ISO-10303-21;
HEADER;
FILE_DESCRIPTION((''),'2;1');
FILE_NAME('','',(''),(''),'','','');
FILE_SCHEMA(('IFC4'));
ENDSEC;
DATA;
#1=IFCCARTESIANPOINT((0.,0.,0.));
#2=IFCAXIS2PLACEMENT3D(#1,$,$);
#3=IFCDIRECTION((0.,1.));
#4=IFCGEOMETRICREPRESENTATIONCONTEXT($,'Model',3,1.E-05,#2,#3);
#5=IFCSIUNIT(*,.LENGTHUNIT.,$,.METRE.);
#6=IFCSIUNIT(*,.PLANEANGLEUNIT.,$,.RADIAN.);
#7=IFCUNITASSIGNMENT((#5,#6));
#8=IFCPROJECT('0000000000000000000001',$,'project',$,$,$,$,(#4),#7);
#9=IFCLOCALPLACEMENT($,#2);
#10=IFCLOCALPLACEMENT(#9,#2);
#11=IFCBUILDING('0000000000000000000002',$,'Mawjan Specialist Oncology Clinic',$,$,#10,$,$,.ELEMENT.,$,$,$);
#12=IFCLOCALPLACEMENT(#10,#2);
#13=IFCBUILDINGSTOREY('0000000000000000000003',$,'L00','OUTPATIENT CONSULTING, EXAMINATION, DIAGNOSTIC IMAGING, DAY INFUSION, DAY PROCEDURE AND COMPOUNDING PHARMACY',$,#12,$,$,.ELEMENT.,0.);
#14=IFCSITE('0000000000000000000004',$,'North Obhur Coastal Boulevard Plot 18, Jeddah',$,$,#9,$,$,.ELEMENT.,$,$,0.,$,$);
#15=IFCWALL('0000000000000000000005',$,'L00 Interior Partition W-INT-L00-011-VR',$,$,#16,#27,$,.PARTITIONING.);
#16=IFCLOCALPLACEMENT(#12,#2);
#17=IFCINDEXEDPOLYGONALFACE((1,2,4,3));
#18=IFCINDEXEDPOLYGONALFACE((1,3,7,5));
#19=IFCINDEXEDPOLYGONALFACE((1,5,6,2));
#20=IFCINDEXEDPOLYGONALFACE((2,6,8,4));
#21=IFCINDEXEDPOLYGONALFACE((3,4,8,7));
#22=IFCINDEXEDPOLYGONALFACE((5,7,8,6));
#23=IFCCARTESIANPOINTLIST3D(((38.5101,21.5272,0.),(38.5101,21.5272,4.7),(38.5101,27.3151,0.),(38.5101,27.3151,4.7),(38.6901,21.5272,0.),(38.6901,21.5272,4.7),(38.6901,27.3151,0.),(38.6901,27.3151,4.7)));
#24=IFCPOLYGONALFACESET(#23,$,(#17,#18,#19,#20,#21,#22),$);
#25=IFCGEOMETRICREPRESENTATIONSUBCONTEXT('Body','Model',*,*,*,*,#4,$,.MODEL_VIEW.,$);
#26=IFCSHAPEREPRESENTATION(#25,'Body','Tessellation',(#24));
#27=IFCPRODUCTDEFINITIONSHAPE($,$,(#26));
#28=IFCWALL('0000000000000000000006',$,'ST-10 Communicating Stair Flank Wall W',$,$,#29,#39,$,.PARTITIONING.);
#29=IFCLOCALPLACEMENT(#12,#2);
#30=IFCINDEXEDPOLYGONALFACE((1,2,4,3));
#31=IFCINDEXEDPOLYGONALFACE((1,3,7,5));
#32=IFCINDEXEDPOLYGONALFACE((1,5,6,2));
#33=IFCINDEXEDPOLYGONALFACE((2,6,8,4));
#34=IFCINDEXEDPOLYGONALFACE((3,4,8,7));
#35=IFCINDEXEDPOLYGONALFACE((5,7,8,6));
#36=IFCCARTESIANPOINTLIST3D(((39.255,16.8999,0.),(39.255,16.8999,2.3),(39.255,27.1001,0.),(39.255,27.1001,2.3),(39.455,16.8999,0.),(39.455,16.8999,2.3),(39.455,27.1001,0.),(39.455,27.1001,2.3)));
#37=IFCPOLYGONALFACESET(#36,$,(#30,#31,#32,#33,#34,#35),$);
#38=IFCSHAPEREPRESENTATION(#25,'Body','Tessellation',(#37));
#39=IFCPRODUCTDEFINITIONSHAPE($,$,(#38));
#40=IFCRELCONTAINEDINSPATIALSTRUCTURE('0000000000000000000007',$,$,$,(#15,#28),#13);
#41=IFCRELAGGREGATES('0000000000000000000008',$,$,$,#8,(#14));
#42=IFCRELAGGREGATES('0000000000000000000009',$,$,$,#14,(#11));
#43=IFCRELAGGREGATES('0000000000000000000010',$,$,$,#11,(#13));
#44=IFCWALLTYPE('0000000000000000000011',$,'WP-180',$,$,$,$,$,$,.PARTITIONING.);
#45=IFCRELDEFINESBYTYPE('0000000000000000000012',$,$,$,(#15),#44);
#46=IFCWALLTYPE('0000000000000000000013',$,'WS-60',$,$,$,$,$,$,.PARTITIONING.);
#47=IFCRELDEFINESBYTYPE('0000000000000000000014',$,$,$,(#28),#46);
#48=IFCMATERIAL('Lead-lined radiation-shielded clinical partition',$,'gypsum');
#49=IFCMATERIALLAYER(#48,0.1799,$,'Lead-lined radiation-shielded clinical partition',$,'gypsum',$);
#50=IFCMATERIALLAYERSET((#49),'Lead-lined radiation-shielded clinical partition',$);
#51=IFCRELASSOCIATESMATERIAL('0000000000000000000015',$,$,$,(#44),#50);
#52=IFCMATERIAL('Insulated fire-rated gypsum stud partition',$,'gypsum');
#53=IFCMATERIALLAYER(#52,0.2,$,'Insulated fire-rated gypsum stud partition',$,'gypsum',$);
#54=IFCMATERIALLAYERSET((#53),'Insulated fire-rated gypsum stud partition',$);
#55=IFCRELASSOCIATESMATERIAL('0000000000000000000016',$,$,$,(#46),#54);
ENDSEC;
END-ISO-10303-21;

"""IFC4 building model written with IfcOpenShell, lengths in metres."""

from ifc_helpers import new_model, si_unit, direction, frame, frame_2d, origin, place, context, subcontext, project, spatial, rectangle, extrude, material, layer, layer_set, type_object, element, save


model = new_model("IFC4")

# Units and contexts
model_context = context("Model", 3, precision=1e-05, world=origin(), true_north=direction((0.0, 1.0)))
body_context = subcontext(model_context, "Body", "Model", "MODEL_VIEW")
ifc_project = project(units=[si_unit("LENGTHUNIT", "METRE"), si_unit("PLANEANGLEUNIT", "RADIAN")], contexts=[model_context])

# Site, building, storey
site_placement = place(None, origin())
site = spatial("IfcSite", under=ifc_project, at=site_placement, Name="North Obhur Coastal Boulevard Plot 18, Jeddah", CompositionType="ELEMENT", RefElevation=0.0)
building_placement = place(site_placement, origin())
building = spatial("IfcBuilding", under=site, at=building_placement, Name="Mawjan Specialist Oncology Clinic", CompositionType="ELEMENT")
storey_placement = place(building_placement, origin())
storey = spatial("IfcBuildingStorey", under=building, at=storey_placement, Name="L00", Description="OUTPATIENT CONSULTING, EXAMINATION, DIAGNOSTIC IMAGING, DAY INFUSION, DAY PROCEDURE AND COMPOUNDING PHARMACY", CompositionType="ELEMENT", Elevation=0.0)

# Walls
ifc_material_1 = material(Name="Lead-lined radiation-shielded clinical partition", Category="gypsum")
ifc_layer_1 = layer(ifc_material_1, 0.1799, Name="Lead-lined radiation-shielded clinical partition", Category="gypsum")
ifc_layer_set_1 = layer_set([ifc_layer_1], Name="Lead-lined radiation-shielded clinical partition")
wall_type_1 = type_object("IfcWallType", Name="WP-180", PredefinedType="PARTITIONING", material=ifc_layer_set_1)
wall_1_placement = place(storey_placement, frame((38.6001, 21.5271, 0.0), z_axis=(0.0, 0.0, 1.0), x_axis=(0.0, 1.0, 0.0)))
element("IfcWall", 1, at=wall_1_placement, inside=storey, type_object=wall_type_1, Name="L00 Interior Partition W-INT-L00-011-VR", PredefinedType="PARTITIONING", context=body_context, shape_type="SweptSolid", body=[
    extrude(rectangle(XDim=5.7878, YDim=0.1799, at=frame_2d((2.894, 0.0))), origin(), (0.0, 0.0, 1.0), 4.7),
])
ifc_material_2 = material(Name="Insulated fire-rated gypsum stud partition", Category="gypsum")
ifc_layer_2 = layer(ifc_material_2, 0.2, Name="Insulated fire-rated gypsum stud partition", Category="gypsum")
ifc_layer_set_2 = layer_set([ifc_layer_2], Name="Insulated fire-rated gypsum stud partition")
wall_type_2 = type_object("IfcWallType", Name="WS-60", PredefinedType="PARTITIONING", material=ifc_layer_set_2)
wall_2_placement = place(storey_placement, frame((39.355, 16.8999, 0.0), z_axis=(0.0, 0.0, 1.0), x_axis=(0.0, 1.0, 0.0)))
element("IfcWall", 2, at=wall_2_placement, inside=storey, type_object=wall_type_2, Name="ST-10 Communicating Stair Flank Wall W", PredefinedType="PARTITIONING", context=body_context, shape_type="SweptSolid", body=[
    extrude(rectangle(XDim=10.2002, YDim=0.2, at=frame_2d((5.1001, 0.0))), origin(), (0.0, 0.0, 1.0), 2.3),
])

save(model, "model.ifc")
